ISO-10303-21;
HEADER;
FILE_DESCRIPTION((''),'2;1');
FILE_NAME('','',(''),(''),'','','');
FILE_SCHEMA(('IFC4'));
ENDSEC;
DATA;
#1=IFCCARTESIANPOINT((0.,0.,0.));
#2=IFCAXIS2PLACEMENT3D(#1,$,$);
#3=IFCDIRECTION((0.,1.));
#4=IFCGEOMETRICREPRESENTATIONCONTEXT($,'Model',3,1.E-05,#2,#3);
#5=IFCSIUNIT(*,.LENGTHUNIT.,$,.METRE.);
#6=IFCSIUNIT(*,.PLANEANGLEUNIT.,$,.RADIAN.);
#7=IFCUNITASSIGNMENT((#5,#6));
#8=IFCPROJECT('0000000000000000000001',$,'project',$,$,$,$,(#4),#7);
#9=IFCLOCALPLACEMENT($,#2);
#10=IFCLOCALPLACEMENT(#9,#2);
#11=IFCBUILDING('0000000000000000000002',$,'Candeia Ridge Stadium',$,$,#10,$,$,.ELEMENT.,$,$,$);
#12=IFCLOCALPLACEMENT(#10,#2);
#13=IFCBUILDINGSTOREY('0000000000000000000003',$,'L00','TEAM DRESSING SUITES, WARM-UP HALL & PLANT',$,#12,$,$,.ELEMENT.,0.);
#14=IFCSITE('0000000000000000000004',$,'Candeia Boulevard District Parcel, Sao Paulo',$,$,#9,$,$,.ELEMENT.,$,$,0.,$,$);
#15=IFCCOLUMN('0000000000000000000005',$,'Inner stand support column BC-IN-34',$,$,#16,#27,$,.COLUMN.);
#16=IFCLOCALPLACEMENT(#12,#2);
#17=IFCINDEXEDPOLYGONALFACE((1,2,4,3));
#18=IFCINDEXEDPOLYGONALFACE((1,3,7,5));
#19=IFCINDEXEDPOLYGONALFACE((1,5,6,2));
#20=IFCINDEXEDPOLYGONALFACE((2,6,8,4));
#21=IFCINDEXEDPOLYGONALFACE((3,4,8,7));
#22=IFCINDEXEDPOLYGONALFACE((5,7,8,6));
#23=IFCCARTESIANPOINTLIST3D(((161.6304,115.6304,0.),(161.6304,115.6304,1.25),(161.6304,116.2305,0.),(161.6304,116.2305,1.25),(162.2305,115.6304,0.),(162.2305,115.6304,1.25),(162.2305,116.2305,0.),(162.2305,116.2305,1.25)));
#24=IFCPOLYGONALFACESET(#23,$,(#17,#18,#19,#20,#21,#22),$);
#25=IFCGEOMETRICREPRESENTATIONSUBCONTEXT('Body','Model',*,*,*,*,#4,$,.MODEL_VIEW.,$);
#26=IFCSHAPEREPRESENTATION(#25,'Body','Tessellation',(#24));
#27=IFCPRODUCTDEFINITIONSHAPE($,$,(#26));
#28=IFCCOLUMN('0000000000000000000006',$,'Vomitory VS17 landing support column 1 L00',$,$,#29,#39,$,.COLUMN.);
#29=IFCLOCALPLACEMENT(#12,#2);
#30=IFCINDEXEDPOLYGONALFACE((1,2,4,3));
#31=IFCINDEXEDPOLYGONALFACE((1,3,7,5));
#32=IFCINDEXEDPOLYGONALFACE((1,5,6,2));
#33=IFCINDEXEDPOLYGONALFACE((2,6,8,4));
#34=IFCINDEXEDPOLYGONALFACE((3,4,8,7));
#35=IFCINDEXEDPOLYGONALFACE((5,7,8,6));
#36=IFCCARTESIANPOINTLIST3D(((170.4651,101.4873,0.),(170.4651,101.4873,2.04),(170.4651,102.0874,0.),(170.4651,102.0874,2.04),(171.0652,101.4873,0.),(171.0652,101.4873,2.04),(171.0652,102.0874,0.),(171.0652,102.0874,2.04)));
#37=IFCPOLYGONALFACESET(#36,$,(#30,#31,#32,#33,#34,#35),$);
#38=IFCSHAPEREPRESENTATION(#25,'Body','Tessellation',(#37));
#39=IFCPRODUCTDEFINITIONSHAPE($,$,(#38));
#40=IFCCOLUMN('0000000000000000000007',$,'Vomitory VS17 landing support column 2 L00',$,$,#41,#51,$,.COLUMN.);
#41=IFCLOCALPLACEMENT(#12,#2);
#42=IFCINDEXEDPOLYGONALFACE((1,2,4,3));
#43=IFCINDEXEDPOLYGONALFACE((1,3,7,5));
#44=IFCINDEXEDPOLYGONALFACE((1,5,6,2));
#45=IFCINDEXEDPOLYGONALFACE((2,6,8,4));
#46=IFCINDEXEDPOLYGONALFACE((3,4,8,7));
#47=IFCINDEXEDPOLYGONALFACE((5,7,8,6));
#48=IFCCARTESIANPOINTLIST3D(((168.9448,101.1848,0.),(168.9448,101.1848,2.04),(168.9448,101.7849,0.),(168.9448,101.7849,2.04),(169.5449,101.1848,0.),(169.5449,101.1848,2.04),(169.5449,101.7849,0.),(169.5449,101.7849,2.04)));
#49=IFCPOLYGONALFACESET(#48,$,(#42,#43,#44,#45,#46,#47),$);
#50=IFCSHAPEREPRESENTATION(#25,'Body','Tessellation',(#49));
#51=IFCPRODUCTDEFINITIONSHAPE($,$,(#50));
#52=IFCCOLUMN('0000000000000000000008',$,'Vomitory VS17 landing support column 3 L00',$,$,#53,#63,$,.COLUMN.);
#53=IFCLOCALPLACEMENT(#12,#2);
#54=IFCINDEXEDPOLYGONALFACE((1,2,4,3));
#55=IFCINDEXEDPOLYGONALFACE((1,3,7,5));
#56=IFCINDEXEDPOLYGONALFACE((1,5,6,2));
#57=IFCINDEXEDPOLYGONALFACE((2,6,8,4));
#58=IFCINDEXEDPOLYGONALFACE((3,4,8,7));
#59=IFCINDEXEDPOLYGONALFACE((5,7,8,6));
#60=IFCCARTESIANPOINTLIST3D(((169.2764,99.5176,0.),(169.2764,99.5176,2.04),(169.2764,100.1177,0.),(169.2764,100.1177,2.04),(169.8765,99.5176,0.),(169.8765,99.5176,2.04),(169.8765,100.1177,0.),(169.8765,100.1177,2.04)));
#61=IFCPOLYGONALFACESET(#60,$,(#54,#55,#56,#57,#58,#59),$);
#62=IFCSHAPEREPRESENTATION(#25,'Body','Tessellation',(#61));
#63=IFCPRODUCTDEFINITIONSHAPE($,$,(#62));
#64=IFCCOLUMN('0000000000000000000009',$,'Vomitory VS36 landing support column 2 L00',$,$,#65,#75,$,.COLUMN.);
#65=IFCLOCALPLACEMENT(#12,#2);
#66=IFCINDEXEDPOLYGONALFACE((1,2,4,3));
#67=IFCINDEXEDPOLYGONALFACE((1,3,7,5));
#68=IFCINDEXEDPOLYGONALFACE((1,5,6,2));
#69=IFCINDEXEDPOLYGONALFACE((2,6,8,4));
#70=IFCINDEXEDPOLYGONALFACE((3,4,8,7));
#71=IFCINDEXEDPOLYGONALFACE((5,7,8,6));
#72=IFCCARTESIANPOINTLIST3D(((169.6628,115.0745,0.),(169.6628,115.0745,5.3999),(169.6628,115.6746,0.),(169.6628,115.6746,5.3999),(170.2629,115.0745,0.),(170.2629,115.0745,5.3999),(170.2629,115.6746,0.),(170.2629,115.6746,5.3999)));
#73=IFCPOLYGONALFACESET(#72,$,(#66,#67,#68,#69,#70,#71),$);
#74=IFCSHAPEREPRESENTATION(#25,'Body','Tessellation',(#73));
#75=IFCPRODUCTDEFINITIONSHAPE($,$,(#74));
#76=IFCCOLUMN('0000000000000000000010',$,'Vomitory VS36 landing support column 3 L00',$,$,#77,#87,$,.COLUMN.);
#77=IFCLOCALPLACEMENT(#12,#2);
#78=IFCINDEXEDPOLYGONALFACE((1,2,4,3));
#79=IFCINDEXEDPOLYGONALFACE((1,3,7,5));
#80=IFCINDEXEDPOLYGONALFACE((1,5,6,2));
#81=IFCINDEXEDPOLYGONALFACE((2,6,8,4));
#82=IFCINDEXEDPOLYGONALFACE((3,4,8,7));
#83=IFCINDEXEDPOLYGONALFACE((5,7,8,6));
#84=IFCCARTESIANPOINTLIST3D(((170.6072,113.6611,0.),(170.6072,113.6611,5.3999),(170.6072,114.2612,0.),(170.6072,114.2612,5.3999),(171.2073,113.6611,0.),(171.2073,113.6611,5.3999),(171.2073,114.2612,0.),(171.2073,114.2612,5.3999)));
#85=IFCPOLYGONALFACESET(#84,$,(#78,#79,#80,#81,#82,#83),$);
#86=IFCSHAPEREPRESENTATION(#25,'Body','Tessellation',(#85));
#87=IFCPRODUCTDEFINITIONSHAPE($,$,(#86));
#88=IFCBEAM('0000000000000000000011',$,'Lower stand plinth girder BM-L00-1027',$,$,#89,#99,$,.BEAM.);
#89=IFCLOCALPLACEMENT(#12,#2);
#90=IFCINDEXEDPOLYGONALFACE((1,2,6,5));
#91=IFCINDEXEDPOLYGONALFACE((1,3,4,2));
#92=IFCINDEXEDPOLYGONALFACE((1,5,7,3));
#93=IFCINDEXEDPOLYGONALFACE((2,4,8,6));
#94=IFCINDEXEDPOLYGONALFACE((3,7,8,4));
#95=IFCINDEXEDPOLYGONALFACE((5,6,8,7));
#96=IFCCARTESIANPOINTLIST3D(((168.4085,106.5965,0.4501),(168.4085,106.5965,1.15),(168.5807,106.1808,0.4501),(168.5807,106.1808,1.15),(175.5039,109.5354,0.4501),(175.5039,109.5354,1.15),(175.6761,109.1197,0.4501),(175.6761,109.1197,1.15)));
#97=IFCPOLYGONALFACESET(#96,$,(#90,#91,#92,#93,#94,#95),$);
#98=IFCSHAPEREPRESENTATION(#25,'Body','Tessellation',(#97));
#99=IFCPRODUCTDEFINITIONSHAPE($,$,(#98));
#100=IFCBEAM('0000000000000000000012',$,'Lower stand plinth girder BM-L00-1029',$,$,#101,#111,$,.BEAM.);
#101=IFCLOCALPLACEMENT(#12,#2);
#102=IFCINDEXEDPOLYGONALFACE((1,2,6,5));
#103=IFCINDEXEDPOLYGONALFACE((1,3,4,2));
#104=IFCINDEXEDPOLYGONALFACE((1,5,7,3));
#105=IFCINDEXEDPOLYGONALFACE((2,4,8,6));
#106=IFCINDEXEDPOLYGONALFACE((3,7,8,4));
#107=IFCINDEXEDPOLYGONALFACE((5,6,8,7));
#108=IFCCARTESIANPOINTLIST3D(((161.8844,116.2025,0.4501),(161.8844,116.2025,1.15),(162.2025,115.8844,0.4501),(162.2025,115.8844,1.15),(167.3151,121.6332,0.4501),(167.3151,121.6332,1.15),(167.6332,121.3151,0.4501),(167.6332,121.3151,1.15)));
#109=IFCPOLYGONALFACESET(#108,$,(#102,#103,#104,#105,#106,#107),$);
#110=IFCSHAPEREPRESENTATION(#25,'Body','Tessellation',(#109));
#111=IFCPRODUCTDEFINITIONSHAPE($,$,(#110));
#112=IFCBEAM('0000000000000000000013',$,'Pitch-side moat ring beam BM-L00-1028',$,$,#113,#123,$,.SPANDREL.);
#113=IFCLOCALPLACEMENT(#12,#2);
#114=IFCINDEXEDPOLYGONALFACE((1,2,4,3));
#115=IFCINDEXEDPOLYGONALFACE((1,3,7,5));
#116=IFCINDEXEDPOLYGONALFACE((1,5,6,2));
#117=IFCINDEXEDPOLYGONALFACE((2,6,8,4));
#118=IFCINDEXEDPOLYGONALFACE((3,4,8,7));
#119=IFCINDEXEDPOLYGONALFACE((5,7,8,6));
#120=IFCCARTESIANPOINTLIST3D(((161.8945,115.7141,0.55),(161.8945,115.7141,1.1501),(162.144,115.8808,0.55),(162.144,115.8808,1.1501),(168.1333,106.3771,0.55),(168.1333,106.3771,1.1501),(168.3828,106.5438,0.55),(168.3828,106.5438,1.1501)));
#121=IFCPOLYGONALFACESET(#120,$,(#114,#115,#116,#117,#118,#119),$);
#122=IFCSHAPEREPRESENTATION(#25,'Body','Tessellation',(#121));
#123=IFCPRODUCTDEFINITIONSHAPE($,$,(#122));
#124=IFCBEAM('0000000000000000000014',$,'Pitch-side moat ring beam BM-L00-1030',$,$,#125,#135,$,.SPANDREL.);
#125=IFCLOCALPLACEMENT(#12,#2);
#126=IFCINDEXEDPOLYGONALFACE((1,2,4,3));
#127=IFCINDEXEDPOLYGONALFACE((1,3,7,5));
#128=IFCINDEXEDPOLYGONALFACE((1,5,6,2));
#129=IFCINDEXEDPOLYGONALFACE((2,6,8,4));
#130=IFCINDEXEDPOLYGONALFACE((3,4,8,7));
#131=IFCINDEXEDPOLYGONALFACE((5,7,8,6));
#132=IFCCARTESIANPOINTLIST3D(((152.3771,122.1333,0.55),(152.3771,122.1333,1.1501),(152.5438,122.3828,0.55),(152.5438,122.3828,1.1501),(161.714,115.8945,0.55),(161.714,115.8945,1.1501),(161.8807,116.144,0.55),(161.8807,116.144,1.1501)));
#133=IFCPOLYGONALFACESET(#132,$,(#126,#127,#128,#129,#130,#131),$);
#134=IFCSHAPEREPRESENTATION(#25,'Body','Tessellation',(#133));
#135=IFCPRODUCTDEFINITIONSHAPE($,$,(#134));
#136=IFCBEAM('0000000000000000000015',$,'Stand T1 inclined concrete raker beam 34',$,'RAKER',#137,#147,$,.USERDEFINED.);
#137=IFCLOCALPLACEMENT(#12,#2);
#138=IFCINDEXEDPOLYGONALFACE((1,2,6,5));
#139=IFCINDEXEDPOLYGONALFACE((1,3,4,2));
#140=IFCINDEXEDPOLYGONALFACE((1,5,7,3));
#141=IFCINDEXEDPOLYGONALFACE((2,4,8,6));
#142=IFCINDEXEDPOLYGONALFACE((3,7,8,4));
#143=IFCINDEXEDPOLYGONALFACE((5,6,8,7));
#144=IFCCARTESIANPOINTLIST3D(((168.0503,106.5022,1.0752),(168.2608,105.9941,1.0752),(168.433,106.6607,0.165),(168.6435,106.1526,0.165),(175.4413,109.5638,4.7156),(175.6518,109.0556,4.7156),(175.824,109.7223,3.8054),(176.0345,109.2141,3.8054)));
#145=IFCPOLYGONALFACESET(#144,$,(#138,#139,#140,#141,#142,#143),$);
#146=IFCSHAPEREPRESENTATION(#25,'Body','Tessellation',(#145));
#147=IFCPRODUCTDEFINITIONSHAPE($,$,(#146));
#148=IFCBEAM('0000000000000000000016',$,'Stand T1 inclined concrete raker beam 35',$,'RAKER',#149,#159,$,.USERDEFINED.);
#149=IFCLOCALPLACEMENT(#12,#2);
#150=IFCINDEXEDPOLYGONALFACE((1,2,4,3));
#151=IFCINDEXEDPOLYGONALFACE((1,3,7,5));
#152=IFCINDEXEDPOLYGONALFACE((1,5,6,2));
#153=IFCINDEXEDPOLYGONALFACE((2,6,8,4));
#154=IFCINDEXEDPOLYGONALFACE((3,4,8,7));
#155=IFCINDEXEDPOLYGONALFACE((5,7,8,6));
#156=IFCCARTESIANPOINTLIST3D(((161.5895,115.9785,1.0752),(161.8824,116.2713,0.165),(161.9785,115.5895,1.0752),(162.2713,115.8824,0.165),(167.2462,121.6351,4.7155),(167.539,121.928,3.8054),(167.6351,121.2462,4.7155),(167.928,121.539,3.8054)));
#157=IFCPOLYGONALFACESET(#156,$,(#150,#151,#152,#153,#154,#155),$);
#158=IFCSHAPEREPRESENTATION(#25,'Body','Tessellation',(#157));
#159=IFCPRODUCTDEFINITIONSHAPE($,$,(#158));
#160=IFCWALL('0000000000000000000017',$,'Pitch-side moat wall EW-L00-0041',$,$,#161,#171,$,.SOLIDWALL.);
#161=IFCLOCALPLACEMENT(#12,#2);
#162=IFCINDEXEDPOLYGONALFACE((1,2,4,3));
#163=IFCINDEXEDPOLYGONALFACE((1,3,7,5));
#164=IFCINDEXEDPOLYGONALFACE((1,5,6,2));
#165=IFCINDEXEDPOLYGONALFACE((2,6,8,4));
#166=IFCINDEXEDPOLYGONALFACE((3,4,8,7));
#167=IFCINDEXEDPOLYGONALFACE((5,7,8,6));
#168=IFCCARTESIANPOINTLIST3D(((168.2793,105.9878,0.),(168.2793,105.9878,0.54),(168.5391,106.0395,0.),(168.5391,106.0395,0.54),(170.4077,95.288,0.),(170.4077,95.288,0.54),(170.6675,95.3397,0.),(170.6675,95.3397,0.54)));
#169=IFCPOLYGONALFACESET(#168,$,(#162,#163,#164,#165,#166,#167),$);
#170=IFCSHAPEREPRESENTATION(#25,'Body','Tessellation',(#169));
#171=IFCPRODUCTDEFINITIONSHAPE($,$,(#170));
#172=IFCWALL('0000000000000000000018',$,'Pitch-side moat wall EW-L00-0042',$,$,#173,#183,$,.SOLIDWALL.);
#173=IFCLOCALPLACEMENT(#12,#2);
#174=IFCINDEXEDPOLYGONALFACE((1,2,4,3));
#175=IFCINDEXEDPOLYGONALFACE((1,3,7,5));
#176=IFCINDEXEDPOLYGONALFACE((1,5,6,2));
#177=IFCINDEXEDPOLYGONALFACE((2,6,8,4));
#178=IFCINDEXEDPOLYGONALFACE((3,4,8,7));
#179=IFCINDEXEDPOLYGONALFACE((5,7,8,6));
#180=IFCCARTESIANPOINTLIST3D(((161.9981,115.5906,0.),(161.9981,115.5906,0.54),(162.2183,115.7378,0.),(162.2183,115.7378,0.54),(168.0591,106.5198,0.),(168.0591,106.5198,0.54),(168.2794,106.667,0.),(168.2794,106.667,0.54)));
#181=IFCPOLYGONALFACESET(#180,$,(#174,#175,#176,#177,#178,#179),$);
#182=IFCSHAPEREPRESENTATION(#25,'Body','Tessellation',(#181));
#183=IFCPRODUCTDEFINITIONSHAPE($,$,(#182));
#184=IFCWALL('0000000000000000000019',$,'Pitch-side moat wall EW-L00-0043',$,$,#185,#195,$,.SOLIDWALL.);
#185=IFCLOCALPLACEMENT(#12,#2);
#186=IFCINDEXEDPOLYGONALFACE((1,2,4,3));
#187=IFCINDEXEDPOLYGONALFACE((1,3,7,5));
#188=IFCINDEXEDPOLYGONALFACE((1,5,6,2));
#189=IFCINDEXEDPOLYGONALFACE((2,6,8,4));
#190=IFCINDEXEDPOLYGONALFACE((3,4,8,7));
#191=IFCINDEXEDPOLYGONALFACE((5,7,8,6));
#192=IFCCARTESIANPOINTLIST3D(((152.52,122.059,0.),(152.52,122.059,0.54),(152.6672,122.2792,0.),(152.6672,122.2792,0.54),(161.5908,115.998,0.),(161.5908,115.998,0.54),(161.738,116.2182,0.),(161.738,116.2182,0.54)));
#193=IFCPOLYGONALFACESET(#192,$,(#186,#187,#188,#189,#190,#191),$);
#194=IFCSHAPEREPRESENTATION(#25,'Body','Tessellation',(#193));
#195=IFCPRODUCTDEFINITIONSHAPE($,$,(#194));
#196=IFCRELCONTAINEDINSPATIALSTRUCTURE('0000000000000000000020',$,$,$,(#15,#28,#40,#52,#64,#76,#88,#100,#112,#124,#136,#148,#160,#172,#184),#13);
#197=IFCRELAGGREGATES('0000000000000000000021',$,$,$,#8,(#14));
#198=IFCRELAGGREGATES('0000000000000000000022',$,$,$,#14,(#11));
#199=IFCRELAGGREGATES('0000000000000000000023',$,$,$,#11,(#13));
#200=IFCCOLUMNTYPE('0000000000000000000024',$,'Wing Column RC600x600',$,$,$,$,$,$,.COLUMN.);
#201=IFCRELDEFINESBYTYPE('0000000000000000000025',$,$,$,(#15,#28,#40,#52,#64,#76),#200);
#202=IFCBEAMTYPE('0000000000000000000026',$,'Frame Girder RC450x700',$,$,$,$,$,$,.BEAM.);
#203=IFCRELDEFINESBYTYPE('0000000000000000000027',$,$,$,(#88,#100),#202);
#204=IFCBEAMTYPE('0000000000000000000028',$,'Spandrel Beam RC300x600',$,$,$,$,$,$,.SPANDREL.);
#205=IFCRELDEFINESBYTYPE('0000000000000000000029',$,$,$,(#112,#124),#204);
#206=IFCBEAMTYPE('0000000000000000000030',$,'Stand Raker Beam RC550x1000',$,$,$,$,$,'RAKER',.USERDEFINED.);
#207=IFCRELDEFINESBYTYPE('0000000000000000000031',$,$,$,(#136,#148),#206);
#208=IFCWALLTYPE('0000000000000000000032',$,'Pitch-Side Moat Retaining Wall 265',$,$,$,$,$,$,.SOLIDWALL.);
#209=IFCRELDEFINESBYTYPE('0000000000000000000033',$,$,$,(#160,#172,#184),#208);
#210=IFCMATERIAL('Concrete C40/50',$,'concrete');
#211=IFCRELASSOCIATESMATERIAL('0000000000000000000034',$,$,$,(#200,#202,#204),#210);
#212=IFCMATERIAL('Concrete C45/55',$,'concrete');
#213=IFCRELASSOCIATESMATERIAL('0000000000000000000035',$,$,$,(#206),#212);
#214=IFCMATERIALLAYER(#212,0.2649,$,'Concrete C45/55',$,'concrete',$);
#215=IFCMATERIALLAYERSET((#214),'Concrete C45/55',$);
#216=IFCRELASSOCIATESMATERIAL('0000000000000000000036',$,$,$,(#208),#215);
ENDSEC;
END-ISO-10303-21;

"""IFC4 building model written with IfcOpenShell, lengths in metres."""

from ifc_helpers import new_model, si_unit, direction, frame, frame_2d, origin, origin_2d, place, context, subcontext, project, spatial, rectangle, extrude, material, layer, layer_set, material_profile, profile_set, type_object, element, save


model = new_model("IFC4")

# Units and contexts
model_context = context("Model", 3, precision=1e-05, world=origin(), true_north=direction((0.0, 1.0)))
body_context = subcontext(model_context, "Body", "Model", "MODEL_VIEW")
ifc_project = project(units=[si_unit("LENGTHUNIT", "METRE"), si_unit("PLANEANGLEUNIT", "RADIAN")], contexts=[model_context])

# Site, building, storey
site_placement = place(None, origin())
site = spatial("IfcSite", under=ifc_project, at=site_placement, Name="Candeia Boulevard District Parcel, Sao Paulo", CompositionType="ELEMENT", RefElevation=0.0)
building_placement = place(site_placement, origin())
building = spatial("IfcBuilding", under=site, at=building_placement, Name="Candeia Ridge Stadium", CompositionType="ELEMENT")
storey_placement = place(building_placement, origin())
storey = spatial("IfcBuildingStorey", under=building, at=storey_placement, Name="L00", Description="TEAM DRESSING SUITES, WARM-UP HALL & PLANT", CompositionType="ELEMENT", Elevation=0.0)

# Shared definitions
ifc_material_1 = material(Name="Concrete C40/50", Category="concrete")

# Columns
ifc_material_profile_1 = material_profile(ifc_material_1, rectangle(XDim=0.6001, YDim=0.6001, at=origin_2d()), Name="RC600x600", Category="concrete")
ifc_profile_set_1 = profile_set([ifc_material_profile_1], Name="Concrete C40/50")
column_type = type_object("IfcColumnType", Name="Wing Column RC600x600", PredefinedType="COLUMN", material=ifc_profile_set_1)
for number, where, z_axis, x_axis, name in (
    (1, (161.9304, 115.9304, 0.0), (0.0, 0.0, 1.0), (1.0, 0.0, 0.0), "Inner stand support column BC-IN-34"),
):
    element("IfcColumn", number, at=place(storey_placement, frame(where, z_axis=z_axis, x_axis=x_axis)), inside=storey, type_object=column_type, Name=name, PredefinedType="COLUMN", context=body_context, shape_type="SweptSolid", body=[
        extrude(rectangle(XDim=0.6001, YDim=0.6001, at=origin_2d()), origin(), (0.0, 0.0, 1.0), 1.25),
    ])
for number, where, z_axis, x_axis, name in (
    (2, (170.7651, 101.7874, 0.0), (0.0, 0.0, 1.0), (1.0, 0.0, 0.0), "Vomitory VS17 landing support column 1 L00"),
    (3, (169.2449, 101.4849, 0.0), (0.0, 0.0, 1.0), (1.0, 0.0, 0.0), "Vomitory VS17 landing support column 2 L00"),
    (4, (169.5764, 99.8176, 0.0), (0.0, 0.0, 1.0), (1.0, 0.0, 0.0), "Vomitory VS17 landing support column 3 L00"),
):
    element("IfcColumn", number, at=place(storey_placement, frame(where, z_axis=z_axis, x_axis=x_axis)), inside=storey, type_object=column_type, Name=name, PredefinedType="COLUMN", context=body_context, shape_type="SweptSolid", body=[
        extrude(rectangle(XDim=0.6001, YDim=0.6001, at=origin_2d()), origin(), (0.0, 0.0, 1.0), 2.04),
    ])
for number, where, z_axis, x_axis, name in (
    (5, (169.9629, 115.3745, 0.0), (0.0, 0.0, 1.0), (1.0, 0.0, 0.0), "Vomitory VS36 landing support column 2 L00"),
    (6, (170.9072, 113.9612, 0.0), (0.0, 0.0, 1.0), (1.0, 0.0, 0.0), "Vomitory VS36 landing support column 3 L00"),
):
    element("IfcColumn", number, at=place(storey_placement, frame(where, z_axis=z_axis, x_axis=x_axis)), inside=storey, type_object=column_type, Name=name, PredefinedType="COLUMN", context=body_context, shape_type="SweptSolid", body=[
        extrude(rectangle(XDim=0.6001, YDim=0.6001, at=origin_2d()), origin(), (0.0, 0.0, 1.0), 5.3999),
    ])

# Beams
ifc_material_profile_2 = material_profile(ifc_material_1, rectangle(XDim=0.45, YDim=0.7, at=origin_2d()), Name="RC450x700", Category="concrete")
ifc_profile_set_2 = profile_set([ifc_material_profile_2], Name="Concrete C40/50")
beam_type_1 = type_object("IfcBeamType", Name="Frame Girder RC450x700", PredefinedType="BEAM", material=ifc_profile_set_2)
beam_1_placement = place(storey_placement, frame((168.4946, 106.3887, 0.8), z_axis=(0.923883, 0.382676, 0.0), x_axis=(-0.382676, 0.923883, 0.0)))
element("IfcBeam", 7, at=beam_1_placement, inside=storey, type_object=beam_type_1, Name="Lower stand plinth girder BM-L00-1027", PredefinedType="BEAM", context=body_context, shape_type="SweptSolid", body=[
    extrude(rectangle(XDim=0.45, YDim=0.7, at=origin_2d()), origin(), (0.0, 0.0, 1.0), 7.6799),
])
beam_2_placement = place(storey_placement, frame((162.0435, 116.0435, 0.8), z_axis=(0.707107, 0.707107, 0.0), x_axis=(-0.707107, 0.707107, 0.0)))
element("IfcBeam", 8, at=beam_2_placement, inside=storey, type_object=beam_type_1, Name="Lower stand plinth girder BM-L00-1029", PredefinedType="BEAM", context=body_context, shape_type="SweptSolid", body=[
    extrude(rectangle(XDim=0.45, YDim=0.7, at=origin_2d()), origin(), (0.0, 0.0, 1.0), 7.6802),
])
ifc_material_profile_3 = material_profile(ifc_material_1, rectangle(XDim=0.3, YDim=0.6001, at=origin_2d()), Name="RC300x600", Category="concrete")
ifc_profile_set_3 = profile_set([ifc_material_profile_3], Name="Concrete C40/50")
beam_type_2 = type_object("IfcBeamType", Name="Spandrel Beam RC300x600", PredefinedType="SPANDREL", material=ifc_profile_set_3)
for number, where, z_axis, x_axis, name in (
    (9, (168.2581, 106.4604, 0.8501), (-0.555573, 0.831468, 0.0), (-0.831468, -0.555573, 0.0), "Pitch-side moat ring beam BM-L00-1028"),
    (10, (161.7974, 116.0193, 0.8501), (-0.831468, 0.555573, 0.0), (-0.555573, -0.831468, 0.0), "Pitch-side moat ring beam BM-L00-1030"),
):
    element("IfcBeam", number, at=place(storey_placement, frame(where, z_axis=z_axis, x_axis=x_axis)), inside=storey, type_object=beam_type_2, Name=name, PredefinedType="SPANDREL", context=body_context, shape_type="SweptSolid", body=[
        extrude(rectangle(XDim=0.3, YDim=0.6001, at=origin_2d()), origin(), (0.0, 0.0, 1.0), 11.2295),
    ])
ifc_material_2 = material(Name="Concrete C45/55", Category="concrete")
ifc_material_profile_4 = material_profile(ifc_material_2, rectangle(XDim=0.55, YDim=1.0, at=origin_2d()), Name="RC550x1000", Category="concrete")
ifc_profile_set_4 = profile_set([ifc_material_profile_4], Name="Concrete C45/55")
beam_type_3 = type_object("IfcBeamType", Name="Stand Raker Beam RC550x1000", ElementType="RAKER", PredefinedType="USERDEFINED", material=ifc_profile_set_4)
beam_3_placement = place(storey_placement, frame((168.3469, 106.3274, 0.6201), z_axis=(0.840902, 0.348327, 0.414187), x_axis=(-0.382697, 0.923874, 0.0)))
element("IfcBeam", 11, at=beam_3_placement, inside=storey, type_object=beam_type_3, Name="Stand T1 inclined concrete raker beam 34", ObjectType="RAKER", PredefinedType="USERDEFINED", context=body_context, shape_type="SweptSolid", body=[
    extrude(rectangle(XDim=0.55, YDim=1.0, at=origin_2d()), origin(), (0.0, 0.0, 1.0), 8.7893),
])
beam_4_placement = place(storey_placement, frame((161.9304, 115.9304, 0.6201), z_axis=(0.643602, 0.643602, 0.414189), x_axis=(-0.707107, 0.707107, 0.0)))
element("IfcBeam", 12, at=beam_4_placement, inside=storey, type_object=beam_type_3, Name="Stand T1 inclined concrete raker beam 35", ObjectType="RAKER", PredefinedType="USERDEFINED", context=body_context, shape_type="SweptSolid", body=[
    extrude(rectangle(XDim=0.55, YDim=1.0, at=origin_2d()), origin(), (0.0, 0.0, 1.0), 8.7891),
])

# Walls
ifc_layer_1 = layer(ifc_material_2, 0.2649, Name="Concrete C45/55", Category="concrete")
ifc_layer_set_1 = layer_set([ifc_layer_1], Name="Concrete C45/55")
wall_type = type_object("IfcWallType", Name="Pitch-Side Moat Retaining Wall 265", PredefinedType="SOLIDWALL", material=ifc_layer_set_1)
for number, where, z_axis, x_axis, name in (
    (13, (170.5376, 95.314, 0.0), (0.0, 0.0, 1.0), (-0.1951, 0.980783, 0.0), "Pitch-side moat wall EW-L00-0041"),
    (14, (168.1692, 106.5935, 0.0), (0.0, 0.0, 1.0), (-0.555578, 0.831465, 0.0), "Pitch-side moat wall EW-L00-0042"),
    (15, (161.6643, 116.1082, 0.0), (0.0, 0.0, 1.0), (-0.831465, 0.555578, 0.0), "Pitch-side moat wall EW-L00-0043"),
):
    element("IfcWall", number, at=place(storey_placement, frame(where, z_axis=z_axis, x_axis=x_axis)), inside=storey, type_object=wall_type, Name=name, PredefinedType="SOLIDWALL", context=body_context, shape_type="SweptSolid", body=[
        extrude(rectangle(XDim=10.9094, YDim=0.2649, at=frame_2d((5.4546, 0.0))), origin(), (0.0, 0.0, 1.0), 0.54),
    ])

save(model, "model.ifc")
